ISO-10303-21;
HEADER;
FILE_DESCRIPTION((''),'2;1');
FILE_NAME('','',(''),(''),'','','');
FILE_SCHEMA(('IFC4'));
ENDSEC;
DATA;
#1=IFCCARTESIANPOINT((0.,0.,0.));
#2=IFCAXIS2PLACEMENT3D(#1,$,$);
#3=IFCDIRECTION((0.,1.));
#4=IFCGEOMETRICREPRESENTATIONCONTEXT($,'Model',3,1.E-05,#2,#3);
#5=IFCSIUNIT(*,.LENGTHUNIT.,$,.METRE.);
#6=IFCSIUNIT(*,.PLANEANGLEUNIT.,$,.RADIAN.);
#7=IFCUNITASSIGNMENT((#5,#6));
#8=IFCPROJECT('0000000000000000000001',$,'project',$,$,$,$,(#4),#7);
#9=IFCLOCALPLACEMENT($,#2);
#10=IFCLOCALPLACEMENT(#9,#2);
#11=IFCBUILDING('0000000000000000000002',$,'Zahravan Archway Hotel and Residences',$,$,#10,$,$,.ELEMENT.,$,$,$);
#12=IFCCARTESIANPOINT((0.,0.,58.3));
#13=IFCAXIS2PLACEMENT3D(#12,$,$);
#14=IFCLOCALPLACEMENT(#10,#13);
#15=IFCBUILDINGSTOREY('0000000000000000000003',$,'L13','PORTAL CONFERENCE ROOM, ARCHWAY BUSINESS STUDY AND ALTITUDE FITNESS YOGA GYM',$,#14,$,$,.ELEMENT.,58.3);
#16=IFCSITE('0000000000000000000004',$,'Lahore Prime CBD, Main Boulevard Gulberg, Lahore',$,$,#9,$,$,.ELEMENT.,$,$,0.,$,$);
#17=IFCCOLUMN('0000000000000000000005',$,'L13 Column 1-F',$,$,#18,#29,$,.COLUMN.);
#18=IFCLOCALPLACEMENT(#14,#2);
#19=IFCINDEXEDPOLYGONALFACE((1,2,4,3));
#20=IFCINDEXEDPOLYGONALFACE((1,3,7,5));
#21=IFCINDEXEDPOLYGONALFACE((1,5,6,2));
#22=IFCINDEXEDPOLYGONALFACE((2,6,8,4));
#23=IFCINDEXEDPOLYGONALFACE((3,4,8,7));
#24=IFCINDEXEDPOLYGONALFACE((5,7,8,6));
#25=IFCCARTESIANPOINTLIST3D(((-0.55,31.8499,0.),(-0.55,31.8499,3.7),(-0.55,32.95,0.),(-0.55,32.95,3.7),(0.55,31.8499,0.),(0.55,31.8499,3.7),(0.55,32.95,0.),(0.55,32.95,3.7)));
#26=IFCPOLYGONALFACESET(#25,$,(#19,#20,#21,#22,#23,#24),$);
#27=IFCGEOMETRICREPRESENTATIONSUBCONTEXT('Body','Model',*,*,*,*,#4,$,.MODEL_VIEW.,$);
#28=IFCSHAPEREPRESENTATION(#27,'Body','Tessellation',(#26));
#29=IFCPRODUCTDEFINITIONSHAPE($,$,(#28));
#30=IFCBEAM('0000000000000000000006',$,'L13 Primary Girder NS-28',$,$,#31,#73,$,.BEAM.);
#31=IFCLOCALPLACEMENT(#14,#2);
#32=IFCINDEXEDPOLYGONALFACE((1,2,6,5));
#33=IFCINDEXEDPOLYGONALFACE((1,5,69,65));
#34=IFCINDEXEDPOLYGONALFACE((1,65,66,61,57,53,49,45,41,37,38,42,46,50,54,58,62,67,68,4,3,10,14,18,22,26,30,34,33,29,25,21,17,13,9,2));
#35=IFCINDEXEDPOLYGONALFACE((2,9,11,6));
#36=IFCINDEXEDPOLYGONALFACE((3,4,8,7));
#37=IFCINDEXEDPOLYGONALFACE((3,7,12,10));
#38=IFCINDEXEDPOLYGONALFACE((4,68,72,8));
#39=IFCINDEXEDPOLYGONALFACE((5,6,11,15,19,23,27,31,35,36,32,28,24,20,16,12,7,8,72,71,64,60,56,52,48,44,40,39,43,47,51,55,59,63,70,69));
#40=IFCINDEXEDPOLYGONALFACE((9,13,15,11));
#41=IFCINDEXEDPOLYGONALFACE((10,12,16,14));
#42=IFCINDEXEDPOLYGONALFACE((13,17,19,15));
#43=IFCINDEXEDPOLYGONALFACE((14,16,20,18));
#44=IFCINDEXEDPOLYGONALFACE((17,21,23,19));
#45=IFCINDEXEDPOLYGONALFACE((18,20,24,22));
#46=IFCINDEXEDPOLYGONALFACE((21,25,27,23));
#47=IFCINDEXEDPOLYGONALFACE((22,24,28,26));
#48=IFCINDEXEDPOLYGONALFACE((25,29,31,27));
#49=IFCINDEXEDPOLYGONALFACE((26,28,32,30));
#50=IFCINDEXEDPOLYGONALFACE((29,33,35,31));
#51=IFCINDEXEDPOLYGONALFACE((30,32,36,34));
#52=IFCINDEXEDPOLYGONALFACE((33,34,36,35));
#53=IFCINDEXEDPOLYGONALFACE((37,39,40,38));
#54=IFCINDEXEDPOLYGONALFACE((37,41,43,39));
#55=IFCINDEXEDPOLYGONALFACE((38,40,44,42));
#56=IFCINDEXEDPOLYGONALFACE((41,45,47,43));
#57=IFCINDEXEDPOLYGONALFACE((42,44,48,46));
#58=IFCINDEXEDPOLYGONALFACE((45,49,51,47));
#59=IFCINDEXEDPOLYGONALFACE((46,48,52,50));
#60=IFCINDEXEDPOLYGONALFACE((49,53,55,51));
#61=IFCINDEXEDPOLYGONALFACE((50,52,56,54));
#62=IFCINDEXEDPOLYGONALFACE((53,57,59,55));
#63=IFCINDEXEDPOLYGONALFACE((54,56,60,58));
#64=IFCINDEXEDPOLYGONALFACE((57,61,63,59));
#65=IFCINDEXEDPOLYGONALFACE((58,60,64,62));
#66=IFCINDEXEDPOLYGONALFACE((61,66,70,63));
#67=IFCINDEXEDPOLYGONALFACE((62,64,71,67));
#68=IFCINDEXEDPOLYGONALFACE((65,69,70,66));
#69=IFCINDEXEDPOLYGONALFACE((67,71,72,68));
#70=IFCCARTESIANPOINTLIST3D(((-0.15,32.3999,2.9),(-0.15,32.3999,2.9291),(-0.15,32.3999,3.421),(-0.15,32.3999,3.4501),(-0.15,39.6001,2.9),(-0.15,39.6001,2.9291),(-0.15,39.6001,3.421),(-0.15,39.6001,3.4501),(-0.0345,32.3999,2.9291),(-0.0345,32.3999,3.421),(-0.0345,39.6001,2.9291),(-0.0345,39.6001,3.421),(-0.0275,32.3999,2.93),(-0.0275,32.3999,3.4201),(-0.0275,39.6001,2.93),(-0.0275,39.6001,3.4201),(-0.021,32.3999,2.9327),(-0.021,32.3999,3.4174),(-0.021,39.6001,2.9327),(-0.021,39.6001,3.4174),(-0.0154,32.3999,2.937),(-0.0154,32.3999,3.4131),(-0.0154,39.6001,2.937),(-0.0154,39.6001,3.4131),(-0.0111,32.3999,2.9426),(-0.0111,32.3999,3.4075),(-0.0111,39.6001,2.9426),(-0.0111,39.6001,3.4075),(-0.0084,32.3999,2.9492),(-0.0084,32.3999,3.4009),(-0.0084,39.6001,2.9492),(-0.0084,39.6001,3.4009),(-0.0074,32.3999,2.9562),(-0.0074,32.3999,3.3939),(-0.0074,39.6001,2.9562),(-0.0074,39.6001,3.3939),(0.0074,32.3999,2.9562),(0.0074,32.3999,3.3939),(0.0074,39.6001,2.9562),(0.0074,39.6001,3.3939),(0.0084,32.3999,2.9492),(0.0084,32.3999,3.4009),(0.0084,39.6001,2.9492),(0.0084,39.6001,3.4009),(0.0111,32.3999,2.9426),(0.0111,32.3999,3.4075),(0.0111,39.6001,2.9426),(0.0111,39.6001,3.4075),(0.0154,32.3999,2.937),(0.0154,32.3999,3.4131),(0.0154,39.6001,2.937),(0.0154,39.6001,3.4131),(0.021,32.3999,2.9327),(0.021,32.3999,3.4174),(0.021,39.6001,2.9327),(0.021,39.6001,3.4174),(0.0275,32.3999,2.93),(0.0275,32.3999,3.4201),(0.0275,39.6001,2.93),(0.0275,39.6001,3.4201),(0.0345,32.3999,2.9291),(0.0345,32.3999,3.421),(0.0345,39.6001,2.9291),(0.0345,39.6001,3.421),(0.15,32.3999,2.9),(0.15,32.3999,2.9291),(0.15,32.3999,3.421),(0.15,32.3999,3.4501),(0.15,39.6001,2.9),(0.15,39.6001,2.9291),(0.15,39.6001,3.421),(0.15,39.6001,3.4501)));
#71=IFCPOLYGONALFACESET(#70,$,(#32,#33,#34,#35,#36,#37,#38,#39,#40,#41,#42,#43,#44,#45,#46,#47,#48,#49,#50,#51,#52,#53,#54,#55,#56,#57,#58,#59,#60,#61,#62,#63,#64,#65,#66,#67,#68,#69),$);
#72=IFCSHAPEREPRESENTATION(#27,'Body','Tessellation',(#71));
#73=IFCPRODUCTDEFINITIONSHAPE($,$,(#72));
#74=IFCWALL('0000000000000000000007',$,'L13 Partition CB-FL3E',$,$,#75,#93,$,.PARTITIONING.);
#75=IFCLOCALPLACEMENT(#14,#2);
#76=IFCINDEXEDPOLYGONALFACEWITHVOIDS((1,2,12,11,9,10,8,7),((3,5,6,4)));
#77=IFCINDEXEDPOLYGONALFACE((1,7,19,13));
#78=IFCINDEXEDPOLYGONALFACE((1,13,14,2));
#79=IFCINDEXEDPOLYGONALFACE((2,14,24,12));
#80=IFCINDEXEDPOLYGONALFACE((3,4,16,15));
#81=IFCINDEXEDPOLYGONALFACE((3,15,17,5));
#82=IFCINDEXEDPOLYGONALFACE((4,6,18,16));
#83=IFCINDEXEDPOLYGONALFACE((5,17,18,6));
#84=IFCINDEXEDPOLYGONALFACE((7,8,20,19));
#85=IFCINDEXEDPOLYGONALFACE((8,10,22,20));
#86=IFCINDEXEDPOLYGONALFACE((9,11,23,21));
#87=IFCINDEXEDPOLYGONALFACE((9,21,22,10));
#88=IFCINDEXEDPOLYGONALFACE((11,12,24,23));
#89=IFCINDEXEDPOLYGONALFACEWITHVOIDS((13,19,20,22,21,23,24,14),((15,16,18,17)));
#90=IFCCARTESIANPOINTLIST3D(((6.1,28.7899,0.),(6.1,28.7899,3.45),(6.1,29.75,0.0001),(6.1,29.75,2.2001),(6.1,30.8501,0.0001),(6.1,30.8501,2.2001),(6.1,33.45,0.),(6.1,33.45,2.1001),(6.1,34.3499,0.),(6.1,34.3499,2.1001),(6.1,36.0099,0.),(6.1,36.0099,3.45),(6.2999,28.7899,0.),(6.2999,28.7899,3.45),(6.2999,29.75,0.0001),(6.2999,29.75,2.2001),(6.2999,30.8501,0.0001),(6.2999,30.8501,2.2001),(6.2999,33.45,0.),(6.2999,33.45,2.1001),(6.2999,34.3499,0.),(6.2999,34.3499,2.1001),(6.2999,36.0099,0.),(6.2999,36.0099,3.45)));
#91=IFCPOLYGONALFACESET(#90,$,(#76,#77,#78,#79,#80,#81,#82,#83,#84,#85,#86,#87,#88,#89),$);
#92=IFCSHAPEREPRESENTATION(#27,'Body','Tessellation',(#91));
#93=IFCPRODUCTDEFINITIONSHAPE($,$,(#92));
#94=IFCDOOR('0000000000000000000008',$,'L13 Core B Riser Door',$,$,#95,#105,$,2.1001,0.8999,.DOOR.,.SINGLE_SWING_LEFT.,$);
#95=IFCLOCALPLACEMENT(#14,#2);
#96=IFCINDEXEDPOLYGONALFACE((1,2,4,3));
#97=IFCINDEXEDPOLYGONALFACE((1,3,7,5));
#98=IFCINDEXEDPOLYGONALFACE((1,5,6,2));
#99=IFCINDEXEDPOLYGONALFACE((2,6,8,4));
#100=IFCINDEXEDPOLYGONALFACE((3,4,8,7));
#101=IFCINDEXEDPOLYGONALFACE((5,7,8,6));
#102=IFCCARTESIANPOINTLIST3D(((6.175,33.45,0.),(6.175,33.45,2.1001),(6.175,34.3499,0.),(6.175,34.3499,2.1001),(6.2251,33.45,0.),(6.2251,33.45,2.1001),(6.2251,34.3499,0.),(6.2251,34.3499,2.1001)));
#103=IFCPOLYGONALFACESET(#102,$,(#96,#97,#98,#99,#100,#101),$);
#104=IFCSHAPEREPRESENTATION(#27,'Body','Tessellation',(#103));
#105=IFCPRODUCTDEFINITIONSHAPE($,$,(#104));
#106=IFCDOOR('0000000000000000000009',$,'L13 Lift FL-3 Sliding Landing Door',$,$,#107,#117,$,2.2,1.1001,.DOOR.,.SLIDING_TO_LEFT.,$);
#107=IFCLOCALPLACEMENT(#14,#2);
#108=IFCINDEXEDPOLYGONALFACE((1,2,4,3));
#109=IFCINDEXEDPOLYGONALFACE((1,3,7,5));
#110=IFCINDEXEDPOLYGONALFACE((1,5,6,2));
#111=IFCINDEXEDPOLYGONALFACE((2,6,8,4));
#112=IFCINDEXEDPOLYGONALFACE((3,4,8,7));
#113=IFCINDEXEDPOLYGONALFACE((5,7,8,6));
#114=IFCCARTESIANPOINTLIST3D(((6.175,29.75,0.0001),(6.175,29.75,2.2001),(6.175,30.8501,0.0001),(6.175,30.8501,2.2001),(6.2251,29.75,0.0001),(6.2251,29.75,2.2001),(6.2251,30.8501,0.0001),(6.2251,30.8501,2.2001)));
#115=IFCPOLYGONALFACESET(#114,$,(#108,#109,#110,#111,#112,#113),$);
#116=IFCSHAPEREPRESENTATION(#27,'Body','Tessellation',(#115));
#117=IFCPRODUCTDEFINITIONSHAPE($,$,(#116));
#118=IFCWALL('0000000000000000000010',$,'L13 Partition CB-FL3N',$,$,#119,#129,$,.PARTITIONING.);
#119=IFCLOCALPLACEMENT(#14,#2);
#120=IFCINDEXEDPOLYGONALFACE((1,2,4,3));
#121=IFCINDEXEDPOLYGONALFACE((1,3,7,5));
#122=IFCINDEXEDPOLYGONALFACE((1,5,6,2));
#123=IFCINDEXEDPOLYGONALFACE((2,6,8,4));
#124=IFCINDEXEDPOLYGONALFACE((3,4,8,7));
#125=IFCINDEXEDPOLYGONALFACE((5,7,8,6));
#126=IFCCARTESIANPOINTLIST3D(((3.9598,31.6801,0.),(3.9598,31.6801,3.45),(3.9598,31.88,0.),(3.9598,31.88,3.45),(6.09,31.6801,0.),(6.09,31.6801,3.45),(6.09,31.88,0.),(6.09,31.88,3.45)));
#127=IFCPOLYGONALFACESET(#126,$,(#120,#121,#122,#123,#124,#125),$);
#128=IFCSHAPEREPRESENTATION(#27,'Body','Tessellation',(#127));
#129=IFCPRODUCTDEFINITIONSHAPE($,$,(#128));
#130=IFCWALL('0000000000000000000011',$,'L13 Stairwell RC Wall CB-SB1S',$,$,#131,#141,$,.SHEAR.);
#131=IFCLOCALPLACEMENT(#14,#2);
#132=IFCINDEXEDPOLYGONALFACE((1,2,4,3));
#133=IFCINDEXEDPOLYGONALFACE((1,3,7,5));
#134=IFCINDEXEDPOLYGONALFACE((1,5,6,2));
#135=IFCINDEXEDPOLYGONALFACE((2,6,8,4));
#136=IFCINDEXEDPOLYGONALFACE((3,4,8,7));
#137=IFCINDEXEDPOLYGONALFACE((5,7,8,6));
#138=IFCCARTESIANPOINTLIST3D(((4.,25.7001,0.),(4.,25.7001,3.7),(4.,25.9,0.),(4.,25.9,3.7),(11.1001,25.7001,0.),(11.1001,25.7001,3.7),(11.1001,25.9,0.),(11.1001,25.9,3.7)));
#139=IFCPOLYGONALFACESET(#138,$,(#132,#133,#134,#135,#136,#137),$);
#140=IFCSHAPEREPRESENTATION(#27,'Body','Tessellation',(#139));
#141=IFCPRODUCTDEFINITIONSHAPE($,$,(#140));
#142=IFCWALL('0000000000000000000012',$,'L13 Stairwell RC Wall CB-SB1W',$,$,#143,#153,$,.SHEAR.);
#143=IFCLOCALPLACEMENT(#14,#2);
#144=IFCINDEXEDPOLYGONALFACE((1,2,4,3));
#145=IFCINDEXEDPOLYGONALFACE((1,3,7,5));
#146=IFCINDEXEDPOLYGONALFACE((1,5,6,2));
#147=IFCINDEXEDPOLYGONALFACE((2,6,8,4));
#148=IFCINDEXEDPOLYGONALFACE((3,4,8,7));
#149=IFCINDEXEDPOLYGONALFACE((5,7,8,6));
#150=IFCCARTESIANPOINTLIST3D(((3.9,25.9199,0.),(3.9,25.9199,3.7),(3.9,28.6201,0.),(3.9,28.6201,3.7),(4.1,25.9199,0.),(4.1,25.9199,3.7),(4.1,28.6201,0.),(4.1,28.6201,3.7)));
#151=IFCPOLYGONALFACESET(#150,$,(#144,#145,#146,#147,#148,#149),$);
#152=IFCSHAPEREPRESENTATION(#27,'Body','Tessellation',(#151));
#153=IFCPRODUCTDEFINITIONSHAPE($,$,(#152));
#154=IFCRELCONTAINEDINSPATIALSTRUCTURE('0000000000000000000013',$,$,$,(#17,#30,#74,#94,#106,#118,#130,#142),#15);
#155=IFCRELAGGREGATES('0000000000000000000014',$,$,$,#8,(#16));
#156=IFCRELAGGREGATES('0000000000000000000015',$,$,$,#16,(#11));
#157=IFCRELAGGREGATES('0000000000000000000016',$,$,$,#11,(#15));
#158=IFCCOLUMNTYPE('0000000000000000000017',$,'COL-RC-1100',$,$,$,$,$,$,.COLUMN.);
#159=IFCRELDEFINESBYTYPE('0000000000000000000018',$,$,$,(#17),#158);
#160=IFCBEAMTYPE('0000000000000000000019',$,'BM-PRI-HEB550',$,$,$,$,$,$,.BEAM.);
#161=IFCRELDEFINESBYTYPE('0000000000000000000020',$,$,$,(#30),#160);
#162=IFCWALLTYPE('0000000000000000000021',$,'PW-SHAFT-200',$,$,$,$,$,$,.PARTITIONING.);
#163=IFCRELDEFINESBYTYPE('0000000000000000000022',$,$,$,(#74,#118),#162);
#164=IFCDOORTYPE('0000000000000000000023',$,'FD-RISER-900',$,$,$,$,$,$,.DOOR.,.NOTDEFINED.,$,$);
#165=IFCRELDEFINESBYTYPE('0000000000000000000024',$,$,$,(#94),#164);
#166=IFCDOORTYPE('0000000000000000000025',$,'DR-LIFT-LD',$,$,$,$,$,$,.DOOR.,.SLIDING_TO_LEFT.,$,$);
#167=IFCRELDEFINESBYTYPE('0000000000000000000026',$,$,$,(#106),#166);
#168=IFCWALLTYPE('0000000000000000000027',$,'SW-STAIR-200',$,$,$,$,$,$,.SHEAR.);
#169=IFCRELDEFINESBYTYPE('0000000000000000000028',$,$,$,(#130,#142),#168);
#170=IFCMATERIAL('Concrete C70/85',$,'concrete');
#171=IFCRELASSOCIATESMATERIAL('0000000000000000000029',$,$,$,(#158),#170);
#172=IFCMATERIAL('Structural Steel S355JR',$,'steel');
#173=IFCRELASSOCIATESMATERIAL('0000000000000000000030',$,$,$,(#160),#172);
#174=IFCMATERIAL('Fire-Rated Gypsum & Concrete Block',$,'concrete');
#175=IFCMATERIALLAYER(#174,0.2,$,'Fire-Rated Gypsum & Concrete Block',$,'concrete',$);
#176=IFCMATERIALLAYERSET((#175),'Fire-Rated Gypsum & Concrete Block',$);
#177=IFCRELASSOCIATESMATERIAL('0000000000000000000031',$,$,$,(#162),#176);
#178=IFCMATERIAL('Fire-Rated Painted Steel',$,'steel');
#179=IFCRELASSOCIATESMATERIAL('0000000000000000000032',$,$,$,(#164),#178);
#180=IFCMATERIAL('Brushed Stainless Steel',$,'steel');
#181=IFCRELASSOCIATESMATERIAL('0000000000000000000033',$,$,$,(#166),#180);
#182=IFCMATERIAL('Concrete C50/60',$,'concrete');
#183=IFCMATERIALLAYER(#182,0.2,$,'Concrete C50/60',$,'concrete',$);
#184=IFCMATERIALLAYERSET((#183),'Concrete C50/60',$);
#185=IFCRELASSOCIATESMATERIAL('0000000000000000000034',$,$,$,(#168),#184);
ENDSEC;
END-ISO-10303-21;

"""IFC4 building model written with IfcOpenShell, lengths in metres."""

from ifc_helpers import new_model, si_unit, direction, frame, frame_2d, origin, origin_2d, place, context, subcontext, project, spatial, rectangle, i_section, extrude, source, transform, mapped, material, layer, layer_set, material_profile, profile_set, type_object, type_shapes, element, fill, save


model = new_model("IFC4")

# Units and contexts
model_context = context("Model", 3, precision=1e-05, world=origin(), true_north=direction((0.0, 1.0)))
body_context = subcontext(model_context, "Body", "Model", "MODEL_VIEW")
ifc_project = project(units=[si_unit("LENGTHUNIT", "METRE"), si_unit("PLANEANGLEUNIT", "RADIAN")], contexts=[model_context])

# Site, building, storey
site_placement = place(None, origin())
site = spatial("IfcSite", under=ifc_project, at=site_placement, Name="Lahore Prime CBD, Main Boulevard Gulberg, Lahore", CompositionType="ELEMENT", RefElevation=0.0)
building_placement = place(site_placement, origin())
building = spatial("IfcBuilding", under=site, at=building_placement, Name="Zahravan Archway Hotel and Residences", CompositionType="ELEMENT")
storey_placement = place(building_placement, frame((0.0, 0.0, 58.3)))
storey = spatial("IfcBuildingStorey", under=building, at=storey_placement, Name="L13", Description="PORTAL CONFERENCE ROOM, ARCHWAY BUSINESS STUDY AND ALTITUDE FITNESS YOGA GYM", CompositionType="ELEMENT", Elevation=58.3)

# Column
ifc_material_1 = material(Name="Concrete C70/85", Category="concrete")
ifc_material_profile_1 = material_profile(ifc_material_1, rectangle(XDim=1.1001, YDim=1.1001, at=origin_2d()), Name="RC 1100x1100", Category="concrete")
ifc_profile_set_1 = profile_set([ifc_material_profile_1], Name="Concrete C70/85")
column_type = type_object("IfcColumnType", Name="COL-RC-1100", PredefinedType="COLUMN", material=ifc_profile_set_1)
shared_shape_1 = source(origin(), body_context, "Body", "SweptSolid", [
    extrude(rectangle(XDim=1.1001, YDim=1.1001, at=origin_2d()), origin(), (0.0, 0.0, 1.0), 3.7),
])
column_placement = place(storey_placement, frame((0.0, 32.3999, 0.0), z_axis=(0.0, 0.0, 1.0), x_axis=(1.0, 0.0, 0.0)))
element("IfcColumn", 1, at=column_placement, inside=storey, type_object=column_type, Name="L13 Column 1-F", PredefinedType="COLUMN", context=body_context, shape_type="MappedRepresentation", body=[
    mapped(shared_shape_1, transform((0.0, 0.0, 0.0), scale=1.0)),
])

# Beam
ifc_material_2 = material(Name="Structural Steel S355JR", Category="steel")
ifc_material_profile_2 = material_profile(ifc_material_2, i_section(OverallWidth=0.3, OverallDepth=0.55, WebThickness=0.0149, FlangeThickness=0.0291, FilletRadius=0.0271, at=origin_2d()), Name="HEB 550", Category="steel")
ifc_profile_set_2 = profile_set([ifc_material_profile_2], Name="Structural Steel S355JR")
beam_type = type_object("IfcBeamType", Name="BM-PRI-HEB550", PredefinedType="BEAM", material=ifc_profile_set_2)
shared_shape_2 = source(origin(), body_context, "Body", "SweptSolid", [
    extrude(i_section(OverallWidth=0.3, OverallDepth=0.55, WebThickness=0.0149, FlangeThickness=0.0291, FilletRadius=0.0271, at=origin_2d()), origin(), (0.0, 0.0, 1.0), 7.2002),
])
type_shapes(beam_type, [shared_shape_2])
beam_placement = place(storey_placement, frame((0.0, 32.3999, 3.175), z_axis=(0.0, 1.0, 0.0), x_axis=(-1.0, 0.0, 0.0)))
element("IfcBeam", 2, at=beam_placement, inside=storey, type_object=beam_type, Name="L13 Primary Girder NS-28", PredefinedType="BEAM", context=body_context, shape_type="MappedRepresentation", body=[
    mapped(shared_shape_2, transform((0.0, 0.0, 0.0), scale=1.0)),
])

# Wall, openings, doors
ifc_material_3 = material(Name="Fire-Rated Gypsum & Concrete Block", Category="concrete")
ifc_layer_1 = layer(ifc_material_3, 0.2, Name="Fire-Rated Gypsum & Concrete Block", Category="concrete")
ifc_layer_set_1 = layer_set([ifc_layer_1], Name="Fire-Rated Gypsum & Concrete Block")
wall_type_1 = type_object("IfcWallType", Name="PW-SHAFT-200", PredefinedType="PARTITIONING", material=ifc_layer_set_1)
wall_1_placement = place(storey_placement, frame((6.2, 28.79, 0.0), z_axis=(0.0, 0.0, 1.0), x_axis=(0.0, 1.0, 0.0)))
wall_1 = element("IfcWall", 3, at=wall_1_placement, inside=storey, type_object=wall_type_1, Name="L13 Partition CB-FL3E", PredefinedType="PARTITIONING", context=body_context, shape_type="SweptSolid", body=[
    extrude(rectangle(XDim=7.22, YDim=0.2, at=frame_2d((3.6099, 0.0))), origin(), (0.0, 0.0, 1.0), 3.45),
])
opening_1_placement = place(wall_1_placement, frame((4.6599, 0.0, 0.0)))
opening_1 = element("IfcOpeningElement", 4, at=opening_1_placement, cuts=wall_1, PredefinedType="OPENING", context=body_context, shape_type="SweptSolid", body=[
    extrude(rectangle(XDim=0.8999, YDim=2.1001, at=frame_2d((0.45, 1.05))), frame((0.0, 0.1099, 0.0), z_axis=(0.0, -1.0, 0.0), x_axis=(1.0, 0.0, 0.0)), (0.0, 0.0, 1.0), 0.22),
])
opening_2_placement = place(wall_1_placement, frame((0.96, 0.0, 0.0)))
opening_2 = element("IfcOpeningElement", 5, at=opening_2_placement, cuts=wall_1, PredefinedType="OPENING", context=body_context, shape_type="SweptSolid", body=[
    extrude(rectangle(XDim=1.1001, YDim=2.2, at=frame_2d((0.55, 1.1001))), frame((0.0, 0.1099, 0.0), z_axis=(0.0, -1.0, 0.0), x_axis=(1.0, 0.0, 0.0)), (0.0, 0.0, 1.0), 0.22),
])
ifc_material_4 = material(Name="Fire-Rated Painted Steel", Category="steel")
door_type_1 = type_object("IfcDoorType", Name="FD-RISER-900", OperationType="NOTDEFINED", PredefinedType="DOOR", material=ifc_material_4)
shared_shape_3 = source(origin(), body_context, "Body", "SweptSolid", [
    extrude(rectangle(XDim=0.8999, YDim=2.1001, at=frame_2d((0.45, 1.05))), frame((0.0, 0.0249, 0.0), z_axis=(0.0, -1.0, 0.0), x_axis=(1.0, 0.0, 0.0)), (0.0, 0.0, 1.0), 0.05),
])
type_shapes(door_type_1, [shared_shape_3])
door_1_placement = place(opening_1_placement, origin())
door_1 = element("IfcDoor", 6, at=door_1_placement, inside=storey, type_object=door_type_1, Name="L13 Core B Riser Door", OperationType="SINGLE_SWING_LEFT", OverallHeight=2.1001, OverallWidth=0.8999, PredefinedType="DOOR", context=body_context, shape_type="MappedRepresentation", body=[
    mapped(shared_shape_3, transform((0.0, 0.0, 0.0), scale=1.0)),
])
fill(opening_1, door_1)
ifc_material_5 = material(Name="Brushed Stainless Steel", Category="steel")
door_type_2 = type_object("IfcDoorType", Name="DR-LIFT-LD", OperationType="SLIDING_TO_LEFT", PredefinedType="DOOR", material=ifc_material_5)
shared_shape_4 = source(origin(), body_context, "Body", "SweptSolid", [
    extrude(rectangle(XDim=1.1001, YDim=2.2, at=frame_2d((0.55, 1.1001))), frame((0.0, 0.0249, 0.0), z_axis=(0.0, -1.0, 0.0), x_axis=(1.0, 0.0, 0.0)), (0.0, 0.0, 1.0), 0.05),
])
type_shapes(door_type_2, [shared_shape_4])
door_2_placement = place(opening_2_placement, origin())
door_2 = element("IfcDoor", 7, at=door_2_placement, inside=storey, type_object=door_type_2, Name="L13 Lift FL-3 Sliding Landing Door", OperationType="SLIDING_TO_LEFT", OverallHeight=2.2, OverallWidth=1.1001, PredefinedType="DOOR", context=body_context, shape_type="MappedRepresentation", body=[
    mapped(shared_shape_4, transform((0.0, 0.0, 0.0), scale=1.0)),
])
fill(opening_2, door_2)

# Walls
wall_2_placement = place(storey_placement, frame((3.96, 31.78, 0.0), z_axis=(0.0, 0.0, 1.0), x_axis=(1.0, 0.0, 0.0)))
element("IfcWall", 8, at=wall_2_placement, inside=storey, type_object=wall_type_1, Name="L13 Partition CB-FL3N", PredefinedType="PARTITIONING", context=body_context, shape_type="SweptSolid", body=[
    extrude(rectangle(XDim=2.1301, YDim=0.2, at=frame_2d((1.0649, 0.0))), origin(), (0.0, 0.0, 1.0), 3.45),
])
ifc_material_6 = material(Name="Concrete C50/60", Category="concrete")
ifc_layer_2 = layer(ifc_material_6, 0.2, Name="Concrete C50/60", Category="concrete")
ifc_layer_set_2 = layer_set([ifc_layer_2], Name="Concrete C50/60")
wall_type_2 = type_object("IfcWallType", Name="SW-STAIR-200", PredefinedType="SHEAR", material=ifc_layer_set_2)
wall_3_placement = place(storey_placement, frame((4.0, 25.8, 0.0), z_axis=(0.0, 0.0, 1.0), x_axis=(1.0, 0.0, 0.0)))
element("IfcWall", 9, at=wall_3_placement, inside=storey, type_object=wall_type_2, Name="L13 Stairwell RC Wall CB-SB1S", PredefinedType="SHEAR", context=body_context, shape_type="SweptSolid", body=[
    extrude(rectangle(XDim=7.1001, YDim=0.2, at=frame_2d((3.55, 0.0))), origin(), (0.0, 0.0, 1.0), 3.7),
])
wall_4_placement = place(storey_placement, frame((4.0, 25.9199, 0.0), z_axis=(0.0, 0.0, 1.0), x_axis=(0.0, 1.0, 0.0)))
element("IfcWall", 10, at=wall_4_placement, inside=storey, type_object=wall_type_2, Name="L13 Stairwell RC Wall CB-SB1W", PredefinedType="SHEAR", context=body_context, shape_type="SweptSolid", body=[
    extrude(rectangle(XDim=2.7002, YDim=0.2, at=frame_2d((1.3501, 0.0))), origin(), (0.0, 0.0, 1.0), 3.7),
])

save(model, "model.ifc")
